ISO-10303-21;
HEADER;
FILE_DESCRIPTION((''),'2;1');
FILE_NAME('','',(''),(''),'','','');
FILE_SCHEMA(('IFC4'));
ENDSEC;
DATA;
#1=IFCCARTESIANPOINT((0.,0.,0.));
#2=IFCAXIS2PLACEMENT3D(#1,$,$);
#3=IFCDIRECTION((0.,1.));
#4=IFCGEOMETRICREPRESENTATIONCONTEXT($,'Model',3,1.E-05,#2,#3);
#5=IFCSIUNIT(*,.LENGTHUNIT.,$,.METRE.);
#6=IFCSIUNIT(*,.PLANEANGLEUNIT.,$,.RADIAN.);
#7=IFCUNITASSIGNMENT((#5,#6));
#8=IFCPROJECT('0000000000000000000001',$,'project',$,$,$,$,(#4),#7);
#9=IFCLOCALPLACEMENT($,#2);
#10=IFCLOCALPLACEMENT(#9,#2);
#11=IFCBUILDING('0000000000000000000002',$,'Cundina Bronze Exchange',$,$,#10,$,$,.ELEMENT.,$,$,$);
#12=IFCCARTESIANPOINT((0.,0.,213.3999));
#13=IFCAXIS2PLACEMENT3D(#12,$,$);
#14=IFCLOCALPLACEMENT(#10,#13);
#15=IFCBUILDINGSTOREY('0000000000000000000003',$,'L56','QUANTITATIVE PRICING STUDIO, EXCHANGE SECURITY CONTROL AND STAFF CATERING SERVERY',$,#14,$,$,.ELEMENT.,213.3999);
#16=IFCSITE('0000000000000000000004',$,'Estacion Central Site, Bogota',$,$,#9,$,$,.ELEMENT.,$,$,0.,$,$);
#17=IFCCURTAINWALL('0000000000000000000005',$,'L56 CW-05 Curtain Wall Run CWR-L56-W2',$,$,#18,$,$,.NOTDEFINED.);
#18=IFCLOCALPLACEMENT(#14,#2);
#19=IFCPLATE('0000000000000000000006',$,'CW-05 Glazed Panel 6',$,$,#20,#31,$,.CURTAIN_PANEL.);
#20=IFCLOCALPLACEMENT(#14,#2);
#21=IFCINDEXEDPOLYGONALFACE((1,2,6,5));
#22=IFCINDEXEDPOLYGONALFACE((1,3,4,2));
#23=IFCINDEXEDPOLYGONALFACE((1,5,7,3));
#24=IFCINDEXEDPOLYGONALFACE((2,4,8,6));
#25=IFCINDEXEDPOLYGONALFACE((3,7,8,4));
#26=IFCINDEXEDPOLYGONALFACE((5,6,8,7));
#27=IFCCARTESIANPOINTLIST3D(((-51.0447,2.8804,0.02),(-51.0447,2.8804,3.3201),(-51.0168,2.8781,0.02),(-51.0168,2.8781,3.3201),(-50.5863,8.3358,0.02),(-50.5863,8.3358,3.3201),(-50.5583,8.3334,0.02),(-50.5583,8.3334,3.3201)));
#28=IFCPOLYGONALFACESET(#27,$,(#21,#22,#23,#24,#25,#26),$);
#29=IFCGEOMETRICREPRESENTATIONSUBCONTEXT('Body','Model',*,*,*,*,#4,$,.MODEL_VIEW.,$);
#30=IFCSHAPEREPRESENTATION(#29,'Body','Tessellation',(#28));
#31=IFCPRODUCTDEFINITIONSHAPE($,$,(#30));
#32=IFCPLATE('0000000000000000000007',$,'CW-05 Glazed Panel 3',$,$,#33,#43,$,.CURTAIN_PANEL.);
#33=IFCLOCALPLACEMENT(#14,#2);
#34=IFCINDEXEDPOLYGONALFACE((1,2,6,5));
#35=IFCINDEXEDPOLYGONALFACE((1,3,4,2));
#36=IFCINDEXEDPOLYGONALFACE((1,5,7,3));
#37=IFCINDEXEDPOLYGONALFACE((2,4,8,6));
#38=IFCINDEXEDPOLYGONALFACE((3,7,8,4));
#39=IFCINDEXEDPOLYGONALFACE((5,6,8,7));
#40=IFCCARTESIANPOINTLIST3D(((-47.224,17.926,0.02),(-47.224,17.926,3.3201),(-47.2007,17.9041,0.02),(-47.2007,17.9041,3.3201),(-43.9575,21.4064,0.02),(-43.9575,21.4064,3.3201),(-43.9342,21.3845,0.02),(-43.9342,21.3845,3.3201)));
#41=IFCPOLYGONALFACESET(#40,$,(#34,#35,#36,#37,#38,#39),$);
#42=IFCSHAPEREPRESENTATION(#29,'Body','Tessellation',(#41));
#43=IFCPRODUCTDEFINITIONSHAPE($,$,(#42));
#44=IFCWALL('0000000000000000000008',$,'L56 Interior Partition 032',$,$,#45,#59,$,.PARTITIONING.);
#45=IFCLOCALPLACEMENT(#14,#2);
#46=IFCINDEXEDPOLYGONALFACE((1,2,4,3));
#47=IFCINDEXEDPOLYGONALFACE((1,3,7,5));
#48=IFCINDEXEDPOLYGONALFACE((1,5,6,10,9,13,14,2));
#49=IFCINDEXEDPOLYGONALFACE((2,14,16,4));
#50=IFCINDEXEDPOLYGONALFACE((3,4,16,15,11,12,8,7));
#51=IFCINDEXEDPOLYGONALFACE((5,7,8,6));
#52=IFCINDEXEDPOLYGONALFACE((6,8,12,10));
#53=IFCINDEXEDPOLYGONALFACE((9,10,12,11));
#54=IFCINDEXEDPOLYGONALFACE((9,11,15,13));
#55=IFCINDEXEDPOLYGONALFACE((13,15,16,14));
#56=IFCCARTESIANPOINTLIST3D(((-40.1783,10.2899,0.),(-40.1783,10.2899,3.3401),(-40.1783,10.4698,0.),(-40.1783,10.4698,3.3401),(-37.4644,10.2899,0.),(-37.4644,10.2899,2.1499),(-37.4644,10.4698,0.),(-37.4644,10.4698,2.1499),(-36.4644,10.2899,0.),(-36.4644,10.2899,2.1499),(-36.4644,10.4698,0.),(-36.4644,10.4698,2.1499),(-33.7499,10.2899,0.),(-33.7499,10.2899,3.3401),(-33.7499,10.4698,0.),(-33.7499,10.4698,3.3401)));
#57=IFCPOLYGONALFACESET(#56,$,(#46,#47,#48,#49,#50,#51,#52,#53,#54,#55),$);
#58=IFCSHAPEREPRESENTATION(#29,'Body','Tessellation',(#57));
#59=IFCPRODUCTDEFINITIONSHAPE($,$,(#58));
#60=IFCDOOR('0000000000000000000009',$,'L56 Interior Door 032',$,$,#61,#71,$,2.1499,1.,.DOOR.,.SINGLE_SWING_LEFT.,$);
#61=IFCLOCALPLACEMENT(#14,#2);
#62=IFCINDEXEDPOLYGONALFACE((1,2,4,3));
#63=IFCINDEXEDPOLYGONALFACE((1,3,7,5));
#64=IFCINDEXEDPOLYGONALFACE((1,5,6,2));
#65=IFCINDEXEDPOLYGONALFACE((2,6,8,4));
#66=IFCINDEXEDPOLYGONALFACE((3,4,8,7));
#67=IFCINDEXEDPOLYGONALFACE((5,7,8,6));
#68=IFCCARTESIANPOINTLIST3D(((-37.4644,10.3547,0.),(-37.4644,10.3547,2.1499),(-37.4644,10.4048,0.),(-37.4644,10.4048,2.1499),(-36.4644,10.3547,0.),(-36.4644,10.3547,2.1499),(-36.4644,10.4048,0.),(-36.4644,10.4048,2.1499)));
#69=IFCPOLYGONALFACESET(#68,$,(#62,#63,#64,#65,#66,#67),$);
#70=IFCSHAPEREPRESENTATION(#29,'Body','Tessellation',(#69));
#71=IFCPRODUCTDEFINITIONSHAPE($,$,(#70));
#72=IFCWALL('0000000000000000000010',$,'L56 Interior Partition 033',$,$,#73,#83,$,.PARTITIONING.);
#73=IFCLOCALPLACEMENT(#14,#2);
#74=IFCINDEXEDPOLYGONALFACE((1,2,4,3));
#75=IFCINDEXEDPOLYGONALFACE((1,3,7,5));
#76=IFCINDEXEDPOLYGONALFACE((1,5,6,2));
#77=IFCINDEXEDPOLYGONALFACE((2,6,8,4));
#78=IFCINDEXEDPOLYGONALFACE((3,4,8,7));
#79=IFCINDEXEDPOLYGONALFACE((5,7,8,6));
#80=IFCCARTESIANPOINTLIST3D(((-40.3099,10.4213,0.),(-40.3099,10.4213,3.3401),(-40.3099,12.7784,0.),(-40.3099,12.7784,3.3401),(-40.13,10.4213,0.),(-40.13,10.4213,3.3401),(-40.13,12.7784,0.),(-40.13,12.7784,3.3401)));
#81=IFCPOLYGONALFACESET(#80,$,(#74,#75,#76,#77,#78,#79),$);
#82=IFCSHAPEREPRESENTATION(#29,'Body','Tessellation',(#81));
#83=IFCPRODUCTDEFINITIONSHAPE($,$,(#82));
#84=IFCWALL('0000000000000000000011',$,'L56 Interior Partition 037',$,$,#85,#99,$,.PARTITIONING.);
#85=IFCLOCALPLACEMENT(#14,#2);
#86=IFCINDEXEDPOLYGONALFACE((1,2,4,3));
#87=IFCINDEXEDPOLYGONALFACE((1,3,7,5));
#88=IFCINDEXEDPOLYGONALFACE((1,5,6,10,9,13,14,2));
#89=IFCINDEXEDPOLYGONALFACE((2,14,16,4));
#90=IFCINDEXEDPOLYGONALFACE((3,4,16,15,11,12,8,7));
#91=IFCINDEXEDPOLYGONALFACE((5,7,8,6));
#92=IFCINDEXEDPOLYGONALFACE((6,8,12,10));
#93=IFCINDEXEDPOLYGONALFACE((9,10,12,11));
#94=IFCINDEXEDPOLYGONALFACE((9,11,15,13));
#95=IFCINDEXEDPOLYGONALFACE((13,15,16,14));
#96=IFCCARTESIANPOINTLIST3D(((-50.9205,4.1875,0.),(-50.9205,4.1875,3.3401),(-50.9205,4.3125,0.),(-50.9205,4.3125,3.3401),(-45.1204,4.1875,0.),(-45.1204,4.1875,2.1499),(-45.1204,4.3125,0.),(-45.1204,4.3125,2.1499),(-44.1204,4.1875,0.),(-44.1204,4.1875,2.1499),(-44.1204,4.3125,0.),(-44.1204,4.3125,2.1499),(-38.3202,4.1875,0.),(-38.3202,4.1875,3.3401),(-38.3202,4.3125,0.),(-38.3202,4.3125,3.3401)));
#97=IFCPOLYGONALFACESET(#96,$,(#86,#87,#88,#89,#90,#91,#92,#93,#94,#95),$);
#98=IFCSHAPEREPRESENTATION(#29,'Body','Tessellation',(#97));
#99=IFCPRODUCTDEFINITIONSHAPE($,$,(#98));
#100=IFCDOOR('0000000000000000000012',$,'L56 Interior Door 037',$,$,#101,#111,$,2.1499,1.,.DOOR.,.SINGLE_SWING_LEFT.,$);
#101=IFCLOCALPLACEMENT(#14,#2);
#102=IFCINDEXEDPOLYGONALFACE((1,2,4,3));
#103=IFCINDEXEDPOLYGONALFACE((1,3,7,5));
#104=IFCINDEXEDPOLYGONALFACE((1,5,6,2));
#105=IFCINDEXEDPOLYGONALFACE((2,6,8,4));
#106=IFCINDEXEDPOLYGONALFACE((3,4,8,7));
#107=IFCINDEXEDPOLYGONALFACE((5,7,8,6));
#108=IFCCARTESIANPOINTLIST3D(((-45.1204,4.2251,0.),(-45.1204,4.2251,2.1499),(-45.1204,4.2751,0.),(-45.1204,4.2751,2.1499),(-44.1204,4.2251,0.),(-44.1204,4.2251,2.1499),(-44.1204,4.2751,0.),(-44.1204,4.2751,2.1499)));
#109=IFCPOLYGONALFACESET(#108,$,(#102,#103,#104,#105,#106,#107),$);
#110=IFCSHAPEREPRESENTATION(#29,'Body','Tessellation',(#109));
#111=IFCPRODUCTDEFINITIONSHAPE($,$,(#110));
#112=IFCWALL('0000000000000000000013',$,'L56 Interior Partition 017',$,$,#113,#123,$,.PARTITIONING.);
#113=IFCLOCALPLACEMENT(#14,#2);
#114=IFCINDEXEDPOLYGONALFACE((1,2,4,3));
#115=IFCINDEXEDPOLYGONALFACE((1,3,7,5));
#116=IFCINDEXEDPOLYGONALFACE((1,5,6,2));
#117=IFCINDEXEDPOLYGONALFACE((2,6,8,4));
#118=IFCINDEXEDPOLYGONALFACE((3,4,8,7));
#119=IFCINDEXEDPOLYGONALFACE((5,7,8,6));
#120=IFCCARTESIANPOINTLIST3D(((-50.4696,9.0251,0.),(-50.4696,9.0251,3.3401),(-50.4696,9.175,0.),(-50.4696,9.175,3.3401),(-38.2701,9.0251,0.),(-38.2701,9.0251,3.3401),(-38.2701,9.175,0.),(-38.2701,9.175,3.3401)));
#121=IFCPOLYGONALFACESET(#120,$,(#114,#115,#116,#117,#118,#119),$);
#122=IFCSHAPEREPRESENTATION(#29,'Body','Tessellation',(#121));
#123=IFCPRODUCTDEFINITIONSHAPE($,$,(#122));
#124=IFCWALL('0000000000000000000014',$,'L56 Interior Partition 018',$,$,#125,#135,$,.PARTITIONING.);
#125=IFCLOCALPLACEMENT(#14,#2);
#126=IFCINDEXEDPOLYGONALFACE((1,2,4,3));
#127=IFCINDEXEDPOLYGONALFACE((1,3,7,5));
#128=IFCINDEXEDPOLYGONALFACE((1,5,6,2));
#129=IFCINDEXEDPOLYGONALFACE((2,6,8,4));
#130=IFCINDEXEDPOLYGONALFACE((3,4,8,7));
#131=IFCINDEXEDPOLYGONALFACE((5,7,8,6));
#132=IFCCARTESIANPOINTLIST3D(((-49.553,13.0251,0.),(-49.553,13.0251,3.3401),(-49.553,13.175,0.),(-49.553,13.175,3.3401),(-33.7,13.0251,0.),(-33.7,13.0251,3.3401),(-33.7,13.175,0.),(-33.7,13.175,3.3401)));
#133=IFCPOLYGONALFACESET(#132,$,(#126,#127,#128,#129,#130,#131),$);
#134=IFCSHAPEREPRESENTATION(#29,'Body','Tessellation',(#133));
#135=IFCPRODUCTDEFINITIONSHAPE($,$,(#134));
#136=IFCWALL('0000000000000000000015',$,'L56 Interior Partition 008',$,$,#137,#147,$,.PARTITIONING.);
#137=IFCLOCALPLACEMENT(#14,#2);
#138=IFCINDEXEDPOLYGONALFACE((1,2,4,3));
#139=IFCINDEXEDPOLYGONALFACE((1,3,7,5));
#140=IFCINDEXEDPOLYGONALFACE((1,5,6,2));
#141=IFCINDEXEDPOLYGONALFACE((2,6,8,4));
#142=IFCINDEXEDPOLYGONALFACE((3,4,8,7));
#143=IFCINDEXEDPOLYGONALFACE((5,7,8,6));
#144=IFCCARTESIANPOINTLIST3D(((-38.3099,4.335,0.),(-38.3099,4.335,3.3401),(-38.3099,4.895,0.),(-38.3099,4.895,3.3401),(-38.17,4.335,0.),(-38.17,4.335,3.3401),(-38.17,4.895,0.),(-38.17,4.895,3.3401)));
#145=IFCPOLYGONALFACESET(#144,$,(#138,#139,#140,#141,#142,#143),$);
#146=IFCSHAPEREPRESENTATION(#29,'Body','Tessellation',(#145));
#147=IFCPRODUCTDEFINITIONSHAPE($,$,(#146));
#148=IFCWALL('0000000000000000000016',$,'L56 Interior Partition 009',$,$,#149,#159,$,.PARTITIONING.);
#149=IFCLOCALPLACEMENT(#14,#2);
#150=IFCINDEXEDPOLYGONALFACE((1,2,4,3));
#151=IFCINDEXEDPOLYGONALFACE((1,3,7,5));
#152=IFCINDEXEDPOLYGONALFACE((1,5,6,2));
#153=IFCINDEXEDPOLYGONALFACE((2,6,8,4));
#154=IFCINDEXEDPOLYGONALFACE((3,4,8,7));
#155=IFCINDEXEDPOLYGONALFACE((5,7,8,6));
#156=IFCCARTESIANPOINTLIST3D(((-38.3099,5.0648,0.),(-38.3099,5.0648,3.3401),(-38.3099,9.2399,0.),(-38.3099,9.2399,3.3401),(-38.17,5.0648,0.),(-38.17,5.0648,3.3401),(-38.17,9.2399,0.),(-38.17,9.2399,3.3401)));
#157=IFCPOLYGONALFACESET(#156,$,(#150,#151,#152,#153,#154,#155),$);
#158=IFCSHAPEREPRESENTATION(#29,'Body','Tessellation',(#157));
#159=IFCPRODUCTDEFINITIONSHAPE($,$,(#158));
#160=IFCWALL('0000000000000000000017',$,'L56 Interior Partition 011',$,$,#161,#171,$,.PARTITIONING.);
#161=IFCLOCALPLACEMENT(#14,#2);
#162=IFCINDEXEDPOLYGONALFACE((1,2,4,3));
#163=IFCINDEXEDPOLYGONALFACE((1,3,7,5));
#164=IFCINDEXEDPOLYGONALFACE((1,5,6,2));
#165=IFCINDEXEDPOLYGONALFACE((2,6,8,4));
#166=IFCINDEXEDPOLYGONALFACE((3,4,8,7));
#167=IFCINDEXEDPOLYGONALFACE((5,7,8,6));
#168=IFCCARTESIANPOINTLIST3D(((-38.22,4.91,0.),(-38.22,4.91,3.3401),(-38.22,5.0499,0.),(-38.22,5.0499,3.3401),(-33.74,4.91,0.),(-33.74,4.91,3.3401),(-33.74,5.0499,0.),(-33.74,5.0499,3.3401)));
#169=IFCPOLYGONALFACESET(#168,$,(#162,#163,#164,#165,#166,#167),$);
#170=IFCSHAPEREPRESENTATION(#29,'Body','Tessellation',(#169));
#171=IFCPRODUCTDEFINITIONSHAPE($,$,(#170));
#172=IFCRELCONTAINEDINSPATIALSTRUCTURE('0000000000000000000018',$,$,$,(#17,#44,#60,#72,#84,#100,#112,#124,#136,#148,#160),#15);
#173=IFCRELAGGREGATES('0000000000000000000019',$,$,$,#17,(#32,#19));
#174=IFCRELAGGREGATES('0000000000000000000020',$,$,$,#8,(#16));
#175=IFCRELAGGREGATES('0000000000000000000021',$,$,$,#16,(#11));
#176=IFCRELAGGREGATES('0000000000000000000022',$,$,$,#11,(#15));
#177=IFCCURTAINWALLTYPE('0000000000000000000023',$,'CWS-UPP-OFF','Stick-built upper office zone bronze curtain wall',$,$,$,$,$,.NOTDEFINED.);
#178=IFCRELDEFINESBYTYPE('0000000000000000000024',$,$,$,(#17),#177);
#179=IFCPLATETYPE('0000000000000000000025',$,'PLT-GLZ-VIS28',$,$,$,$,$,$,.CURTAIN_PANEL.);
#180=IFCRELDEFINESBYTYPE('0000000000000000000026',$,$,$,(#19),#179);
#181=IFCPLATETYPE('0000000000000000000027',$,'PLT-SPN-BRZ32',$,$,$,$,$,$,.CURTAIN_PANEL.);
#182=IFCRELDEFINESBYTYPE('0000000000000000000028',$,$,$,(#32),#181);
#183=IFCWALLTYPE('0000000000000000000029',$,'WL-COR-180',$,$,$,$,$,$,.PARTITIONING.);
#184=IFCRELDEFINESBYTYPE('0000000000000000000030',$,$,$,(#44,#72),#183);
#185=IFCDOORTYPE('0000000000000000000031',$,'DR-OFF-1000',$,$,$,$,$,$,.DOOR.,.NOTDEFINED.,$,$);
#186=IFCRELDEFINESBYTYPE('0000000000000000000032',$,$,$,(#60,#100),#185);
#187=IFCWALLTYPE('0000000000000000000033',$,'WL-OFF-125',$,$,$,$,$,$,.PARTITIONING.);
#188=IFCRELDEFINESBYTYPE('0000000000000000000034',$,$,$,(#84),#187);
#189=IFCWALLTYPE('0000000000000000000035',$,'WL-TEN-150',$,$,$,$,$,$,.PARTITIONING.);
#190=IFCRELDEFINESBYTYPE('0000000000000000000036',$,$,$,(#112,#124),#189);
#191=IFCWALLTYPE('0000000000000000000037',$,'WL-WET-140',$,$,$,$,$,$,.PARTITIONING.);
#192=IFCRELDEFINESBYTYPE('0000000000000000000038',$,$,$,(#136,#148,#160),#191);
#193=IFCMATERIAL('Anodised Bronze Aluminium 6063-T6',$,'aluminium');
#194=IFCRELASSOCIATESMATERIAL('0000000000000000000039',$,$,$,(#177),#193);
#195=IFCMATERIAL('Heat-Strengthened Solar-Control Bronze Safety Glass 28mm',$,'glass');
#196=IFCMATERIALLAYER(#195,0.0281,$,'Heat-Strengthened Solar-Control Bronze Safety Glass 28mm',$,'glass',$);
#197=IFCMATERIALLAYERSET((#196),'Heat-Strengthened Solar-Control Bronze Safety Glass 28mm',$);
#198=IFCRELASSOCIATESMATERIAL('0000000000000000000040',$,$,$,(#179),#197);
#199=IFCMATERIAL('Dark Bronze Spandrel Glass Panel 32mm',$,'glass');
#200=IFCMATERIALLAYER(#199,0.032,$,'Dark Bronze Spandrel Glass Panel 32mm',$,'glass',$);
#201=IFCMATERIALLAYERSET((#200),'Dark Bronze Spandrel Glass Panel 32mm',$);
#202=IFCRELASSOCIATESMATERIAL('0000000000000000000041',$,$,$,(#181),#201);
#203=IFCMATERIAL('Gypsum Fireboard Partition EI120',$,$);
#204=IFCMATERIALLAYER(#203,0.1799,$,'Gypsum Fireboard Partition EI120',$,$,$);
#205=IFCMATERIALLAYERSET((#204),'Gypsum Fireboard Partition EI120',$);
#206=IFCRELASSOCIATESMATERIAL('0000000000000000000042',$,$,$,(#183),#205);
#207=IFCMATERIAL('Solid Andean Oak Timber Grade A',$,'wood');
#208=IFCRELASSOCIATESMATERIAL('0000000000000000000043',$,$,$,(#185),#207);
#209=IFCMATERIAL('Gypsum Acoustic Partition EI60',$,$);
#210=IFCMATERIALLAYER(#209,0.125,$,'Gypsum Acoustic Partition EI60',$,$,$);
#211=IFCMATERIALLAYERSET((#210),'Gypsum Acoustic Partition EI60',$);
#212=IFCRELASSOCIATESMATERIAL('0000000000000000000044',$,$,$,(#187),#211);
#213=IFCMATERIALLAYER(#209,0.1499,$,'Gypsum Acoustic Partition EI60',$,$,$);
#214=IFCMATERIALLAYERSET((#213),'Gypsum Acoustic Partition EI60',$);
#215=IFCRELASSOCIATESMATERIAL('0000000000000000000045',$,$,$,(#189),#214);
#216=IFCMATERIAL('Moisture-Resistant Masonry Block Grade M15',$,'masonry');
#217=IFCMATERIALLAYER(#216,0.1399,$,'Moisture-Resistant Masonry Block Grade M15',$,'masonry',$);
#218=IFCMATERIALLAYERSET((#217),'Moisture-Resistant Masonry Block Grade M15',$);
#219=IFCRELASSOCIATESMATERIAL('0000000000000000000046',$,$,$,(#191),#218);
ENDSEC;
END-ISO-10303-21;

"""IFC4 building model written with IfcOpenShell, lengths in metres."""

from ifc_helpers import new_model, si_unit, direction, frame, frame_2d, origin, origin_2d, place, context, subcontext, project, spatial, rectangle, extrude, material, layer, layer_set, type_object, element, fill, aggregate, save


model = new_model("IFC4")

# Units and contexts
model_context = context("Model", 3, precision=1e-05, world=origin(), true_north=direction((0.0, 1.0)))
body_context = subcontext(model_context, "Body", "Model", "MODEL_VIEW")
ifc_project = project(units=[si_unit("LENGTHUNIT", "METRE"), si_unit("PLANEANGLEUNIT", "RADIAN")], contexts=[model_context])

# Site, building, storey
site_placement = place(None, origin())
site = spatial("IfcSite", under=ifc_project, at=site_placement, Name="Estacion Central Site, Bogota", CompositionType="ELEMENT", RefElevation=0.0)
building_placement = place(site_placement, origin())
building = spatial("IfcBuilding", under=site, at=building_placement, Name="Cundina Bronze Exchange", CompositionType="ELEMENT")
storey_placement = place(building_placement, frame((0.0, 0.0, 213.3999)))
storey = spatial("IfcBuildingStorey", under=building, at=storey_placement, Name="L56", Description="QUANTITATIVE PRICING STUDIO, EXCHANGE SECURITY CONTROL AND STAFF CATERING SERVERY", CompositionType="ELEMENT", Elevation=213.3999)

# Curtain wall, plates
ifc_material_1 = material(Name="Anodised Bronze Aluminium 6063-T6", Category="aluminium")
curtain_wall_type = type_object("IfcCurtainWallType", Name="CWS-UPP-OFF", Description="Stick-built upper office zone bronze curtain wall", PredefinedType="NOTDEFINED", material=ifc_material_1)
curtain_wall_placement = place(storey_placement, origin())
curtain_wall = element("IfcCurtainWall", 1, at=curtain_wall_placement, inside=storey, type_object=curtain_wall_type, Name="L56 CW-05 Curtain Wall Run CWR-L56-W2", PredefinedType="NOTDEFINED")
ifc_material_2 = material(Name="Heat-Strengthened Solar-Control Bronze Safety Glass 28mm", Category="glass")
ifc_layer_1 = layer(ifc_material_2, 0.0281, Name="Heat-Strengthened Solar-Control Bronze Safety Glass 28mm", Category="glass")
ifc_layer_set_1 = layer_set([ifc_layer_1], Name="Heat-Strengthened Solar-Control Bronze Safety Glass 28mm")
plate_type_1 = type_object("IfcPlateType", Name="PLT-GLZ-VIS28", PredefinedType="CURTAIN_PANEL", material=ifc_layer_set_1)
plate_1_placement = place(storey_placement, frame((-50.8015, 5.6069, 0.02), z_axis=(0.0, 0.0, 1.0), x_axis=(-0.083747, -0.996487, 0.0)))
plate_1 = element("IfcPlate", 2, at=plate_1_placement, type_object=plate_type_1, Name="CW-05 Glazed Panel 6", PredefinedType="CURTAIN_PANEL", context=body_context, shape_type="SweptSolid", body=[
    extrude(rectangle(XDim=5.4746, YDim=0.0281, at=origin_2d()), origin(), (0.0, 0.0, 1.0), 3.3),
])
ifc_material_3 = material(Name="Dark Bronze Spandrel Glass Panel 32mm", Category="glass")
ifc_layer_2 = layer(ifc_material_3, 0.032, Name="Dark Bronze Spandrel Glass Panel 32mm", Category="glass")
ifc_layer_set_2 = layer_set([ifc_layer_2], Name="Dark Bronze Spandrel Glass Panel 32mm")
plate_type_2 = type_object("IfcPlateType", Name="PLT-SPN-BRZ32", PredefinedType="CURTAIN_PANEL", material=ifc_layer_set_2)
plate_2_placement = place(storey_placement, frame((-45.5791, 19.6553, 0.02), z_axis=(0.0, 0.0, 1.0), x_axis=(-0.684344, -0.72916, 0.0)))
plate_2 = element("IfcPlate", 3, at=plate_2_placement, type_object=plate_type_2, Name="CW-05 Glazed Panel 3", PredefinedType="CURTAIN_PANEL", context=body_context, shape_type="SweptSolid", body=[
    extrude(rectangle(XDim=4.7732, YDim=0.032, at=origin_2d()), origin(), (0.0, 0.0, 1.0), 3.3),
])
aggregate(curtain_wall, [plate_2, plate_1])

# Wall, opening, door
ifc_material_4 = material(Name="Gypsum Fireboard Partition EI120")
ifc_layer_3 = layer(ifc_material_4, 0.1799, Name="Gypsum Fireboard Partition EI120")
ifc_layer_set_3 = layer_set([ifc_layer_3], Name="Gypsum Fireboard Partition EI120")
wall_type_1 = type_object("IfcWallType", Name="WL-COR-180", PredefinedType="PARTITIONING", material=ifc_layer_set_3)
wall_1_placement = place(storey_placement, frame((-40.1785, 10.3799, 0.0), z_axis=(0.0, 0.0, 1.0), x_axis=(1.0, 0.0, 0.0)))
wall_1 = element("IfcWall", 4, at=wall_1_placement, inside=storey, type_object=wall_type_1, Name="L56 Interior Partition 032", PredefinedType="PARTITIONING", context=body_context, shape_type="SweptSolid", body=[
    extrude(rectangle(XDim=6.4285, YDim=0.1799, at=frame_2d((3.2144, 0.0))), origin(), (0.0, 0.0, 1.0), 3.3401),
])
opening_1_placement = place(wall_1_placement, frame((2.7141, 0.0, 0.0)))
opening_1 = element("IfcOpeningElement", 5, at=opening_1_placement, cuts=wall_1, PredefinedType="OPENING", context=body_context, shape_type="SweptSolid", body=[
    extrude(rectangle(XDim=1.0, YDim=2.1499, at=frame_2d((0.5, 1.075))), frame((0.0, 0.0999, 0.0), z_axis=(0.0, -1.0, 0.0), x_axis=(1.0, 0.0, 0.0)), (0.0, 0.0, 1.0), 0.2),
])
ifc_material_5 = material(Name="Solid Andean Oak Timber Grade A", Category="wood")
door_type = type_object("IfcDoorType", Name="DR-OFF-1000", OperationType="NOTDEFINED", PredefinedType="DOOR", material=ifc_material_5)
door_1_placement = place(opening_1_placement, origin())
door_1 = element("IfcDoor", 6, at=door_1_placement, inside=storey, type_object=door_type, Name="L56 Interior Door 032", OperationType="SINGLE_SWING_LEFT", OverallHeight=2.1499, OverallWidth=1.0, PredefinedType="DOOR", context=body_context, shape_type="SweptSolid", body=[
    extrude(rectangle(XDim=1.0, YDim=2.1499, at=frame_2d((0.5, 1.075))), frame((0.0, 0.0249, 0.0), z_axis=(0.0, -1.0, 0.0), x_axis=(1.0, 0.0, 0.0)), (0.0, 0.0, 1.0), 0.05),
])
fill(opening_1, door_1)

# Wall
wall_2_placement = place(storey_placement, frame((-40.22, 12.7786, 0.0), z_axis=(0.0, 0.0, 1.0), x_axis=(0.0, -1.0, 0.0)))
element("IfcWall", 7, at=wall_2_placement, inside=storey, type_object=wall_type_1, Name="L56 Interior Partition 033", PredefinedType="PARTITIONING", context=body_context, shape_type="SweptSolid", body=[
    extrude(rectangle(XDim=2.3572, YDim=0.1799, at=frame_2d((1.1787, 0.0))), origin(), (0.0, 0.0, 1.0), 3.3401),
])

# Wall, opening, door
ifc_material_6 = material(Name="Gypsum Acoustic Partition EI60")
ifc_layer_4 = layer(ifc_material_6, 0.125, Name="Gypsum Acoustic Partition EI60")
ifc_layer_set_4 = layer_set([ifc_layer_4], Name="Gypsum Acoustic Partition EI60")
wall_type_2 = type_object("IfcWallType", Name="WL-OFF-125", PredefinedType="PARTITIONING", material=ifc_layer_set_4)
wall_3_placement = place(storey_placement, frame((-38.3201, 4.25, 0.0), z_axis=(0.0, 0.0, 1.0), x_axis=(-1.0, 0.0, 0.0)))
wall_3 = element("IfcWall", 8, at=wall_3_placement, inside=storey, type_object=wall_type_2, Name="L56 Interior Partition 037", PredefinedType="PARTITIONING", context=body_context, shape_type="SweptSolid", body=[
    extrude(rectangle(XDim=12.6003, YDim=0.125, at=frame_2d((6.3003, 0.0))), origin(), (0.0, 0.0, 1.0), 3.3401),
])
opening_2_placement = place(wall_3_placement, frame((5.8003, 0.0, 0.0)))
opening_2 = element("IfcOpeningElement", 9, at=opening_2_placement, cuts=wall_3, PredefinedType="OPENING", context=body_context, shape_type="SweptSolid", body=[
    extrude(rectangle(XDim=1.0, YDim=2.1499, at=frame_2d((0.5, 1.075))), frame((0.0, 0.0725, 0.0), z_axis=(0.0, -1.0, 0.0), x_axis=(1.0, 0.0, 0.0)), (0.0, 0.0, 1.0), 0.145),
])
door_2_placement = place(opening_2_placement, origin())
door_2 = element("IfcDoor", 10, at=door_2_placement, inside=storey, type_object=door_type, Name="L56 Interior Door 037", OperationType="SINGLE_SWING_LEFT", OverallHeight=2.1499, OverallWidth=1.0, PredefinedType="DOOR", context=body_context, shape_type="SweptSolid", body=[
    extrude(rectangle(XDim=1.0, YDim=2.1499, at=frame_2d((0.5, 1.075))), frame((0.0, 0.0249, 0.0), z_axis=(0.0, -1.0, 0.0), x_axis=(1.0, 0.0, 0.0)), (0.0, 0.0, 1.0), 0.05),
])
fill(opening_2, door_2)

# Walls
ifc_layer_5 = layer(ifc_material_6, 0.1499, Name="Gypsum Acoustic Partition EI60")
ifc_layer_set_5 = layer_set([ifc_layer_5], Name="Gypsum Acoustic Partition EI60")
wall_type_3 = type_object("IfcWallType", Name="WL-TEN-150", PredefinedType="PARTITIONING", material=ifc_layer_set_5)
wall_4_placement = place(storey_placement, frame((-50.4695, 9.1001, 0.0), z_axis=(0.0, 0.0, 1.0), x_axis=(1.0, 0.0, 0.0)))
element("IfcWall", 11, at=wall_4_placement, inside=storey, type_object=wall_type_3, Name="L56 Interior Partition 017", PredefinedType="PARTITIONING", context=body_context, shape_type="SweptSolid", body=[
    extrude(rectangle(XDim=12.1995, YDim=0.1499, at=frame_2d((6.0996, 0.0))), origin(), (0.0, 0.0, 1.0), 3.3401),
])
wall_5_placement = place(storey_placement, frame((-49.553, 13.1001, 0.0), z_axis=(0.0, 0.0, 1.0), x_axis=(1.0, 0.0, 0.0)))
element("IfcWall", 12, at=wall_5_placement, inside=storey, type_object=wall_type_3, Name="L56 Interior Partition 018", PredefinedType="PARTITIONING", context=body_context, shape_type="SweptSolid", body=[
    extrude(rectangle(XDim=15.853, YDim=0.1499, at=frame_2d((7.9265, 0.0))), origin(), (0.0, 0.0, 1.0), 3.3401),
])
ifc_material_7 = material(Name="Moisture-Resistant Masonry Block Grade M15", Category="masonry")
ifc_layer_6 = layer(ifc_material_7, 0.1399, Name="Moisture-Resistant Masonry Block Grade M15", Category="masonry")
ifc_layer_set_6 = layer_set([ifc_layer_6], Name="Moisture-Resistant Masonry Block Grade M15")
wall_type_4 = type_object("IfcWallType", Name="WL-WET-140", PredefinedType="PARTITIONING", material=ifc_layer_set_6)
wall_6_placement = place(storey_placement, frame((-38.24, 4.335, 0.0), z_axis=(0.0, 0.0, 1.0), x_axis=(0.0, 1.0, 0.0)))
element("IfcWall", 13, at=wall_6_placement, inside=storey, type_object=wall_type_4, Name="L56 Interior Partition 008", PredefinedType="PARTITIONING", context=body_context, shape_type="SweptSolid", body=[
    extrude(rectangle(XDim=0.5601, YDim=0.1399, at=frame_2d((0.28, 0.0))), origin(), (0.0, 0.0, 1.0), 3.3401),
])
wall_7_placement = place(storey_placement, frame((-38.24, 5.0649, 0.0), z_axis=(0.0, 0.0, 1.0), x_axis=(0.0, 1.0, 0.0)))
element("IfcWall", 14, at=wall_7_placement, inside=storey, type_object=wall_type_4, Name="L56 Interior Partition 009", PredefinedType="PARTITIONING", context=body_context, shape_type="SweptSolid", body=[
    extrude(rectangle(XDim=4.175, YDim=0.1399, at=frame_2d((2.0874, 0.0))), origin(), (0.0, 0.0, 1.0), 3.3401),
])
for number, where, z_axis, x_axis, name in (
    (15, (-38.22, 4.98, 0.0), (0.0, 0.0, 1.0), (1.0, 0.0, 0.0), "L56 Interior Partition 011"),
):
    element("IfcWall", number, at=place(storey_placement, frame(where, z_axis=z_axis, x_axis=x_axis)), inside=storey, type_object=wall_type_4, Name=name, PredefinedType="PARTITIONING", context=body_context, shape_type="SweptSolid", body=[
        extrude(rectangle(XDim=4.48, YDim=0.1399, at=frame_2d((2.24, 0.0))), origin(), (0.0, 0.0, 1.0), 3.3401),
    ])

save(model, "model.ifc")
